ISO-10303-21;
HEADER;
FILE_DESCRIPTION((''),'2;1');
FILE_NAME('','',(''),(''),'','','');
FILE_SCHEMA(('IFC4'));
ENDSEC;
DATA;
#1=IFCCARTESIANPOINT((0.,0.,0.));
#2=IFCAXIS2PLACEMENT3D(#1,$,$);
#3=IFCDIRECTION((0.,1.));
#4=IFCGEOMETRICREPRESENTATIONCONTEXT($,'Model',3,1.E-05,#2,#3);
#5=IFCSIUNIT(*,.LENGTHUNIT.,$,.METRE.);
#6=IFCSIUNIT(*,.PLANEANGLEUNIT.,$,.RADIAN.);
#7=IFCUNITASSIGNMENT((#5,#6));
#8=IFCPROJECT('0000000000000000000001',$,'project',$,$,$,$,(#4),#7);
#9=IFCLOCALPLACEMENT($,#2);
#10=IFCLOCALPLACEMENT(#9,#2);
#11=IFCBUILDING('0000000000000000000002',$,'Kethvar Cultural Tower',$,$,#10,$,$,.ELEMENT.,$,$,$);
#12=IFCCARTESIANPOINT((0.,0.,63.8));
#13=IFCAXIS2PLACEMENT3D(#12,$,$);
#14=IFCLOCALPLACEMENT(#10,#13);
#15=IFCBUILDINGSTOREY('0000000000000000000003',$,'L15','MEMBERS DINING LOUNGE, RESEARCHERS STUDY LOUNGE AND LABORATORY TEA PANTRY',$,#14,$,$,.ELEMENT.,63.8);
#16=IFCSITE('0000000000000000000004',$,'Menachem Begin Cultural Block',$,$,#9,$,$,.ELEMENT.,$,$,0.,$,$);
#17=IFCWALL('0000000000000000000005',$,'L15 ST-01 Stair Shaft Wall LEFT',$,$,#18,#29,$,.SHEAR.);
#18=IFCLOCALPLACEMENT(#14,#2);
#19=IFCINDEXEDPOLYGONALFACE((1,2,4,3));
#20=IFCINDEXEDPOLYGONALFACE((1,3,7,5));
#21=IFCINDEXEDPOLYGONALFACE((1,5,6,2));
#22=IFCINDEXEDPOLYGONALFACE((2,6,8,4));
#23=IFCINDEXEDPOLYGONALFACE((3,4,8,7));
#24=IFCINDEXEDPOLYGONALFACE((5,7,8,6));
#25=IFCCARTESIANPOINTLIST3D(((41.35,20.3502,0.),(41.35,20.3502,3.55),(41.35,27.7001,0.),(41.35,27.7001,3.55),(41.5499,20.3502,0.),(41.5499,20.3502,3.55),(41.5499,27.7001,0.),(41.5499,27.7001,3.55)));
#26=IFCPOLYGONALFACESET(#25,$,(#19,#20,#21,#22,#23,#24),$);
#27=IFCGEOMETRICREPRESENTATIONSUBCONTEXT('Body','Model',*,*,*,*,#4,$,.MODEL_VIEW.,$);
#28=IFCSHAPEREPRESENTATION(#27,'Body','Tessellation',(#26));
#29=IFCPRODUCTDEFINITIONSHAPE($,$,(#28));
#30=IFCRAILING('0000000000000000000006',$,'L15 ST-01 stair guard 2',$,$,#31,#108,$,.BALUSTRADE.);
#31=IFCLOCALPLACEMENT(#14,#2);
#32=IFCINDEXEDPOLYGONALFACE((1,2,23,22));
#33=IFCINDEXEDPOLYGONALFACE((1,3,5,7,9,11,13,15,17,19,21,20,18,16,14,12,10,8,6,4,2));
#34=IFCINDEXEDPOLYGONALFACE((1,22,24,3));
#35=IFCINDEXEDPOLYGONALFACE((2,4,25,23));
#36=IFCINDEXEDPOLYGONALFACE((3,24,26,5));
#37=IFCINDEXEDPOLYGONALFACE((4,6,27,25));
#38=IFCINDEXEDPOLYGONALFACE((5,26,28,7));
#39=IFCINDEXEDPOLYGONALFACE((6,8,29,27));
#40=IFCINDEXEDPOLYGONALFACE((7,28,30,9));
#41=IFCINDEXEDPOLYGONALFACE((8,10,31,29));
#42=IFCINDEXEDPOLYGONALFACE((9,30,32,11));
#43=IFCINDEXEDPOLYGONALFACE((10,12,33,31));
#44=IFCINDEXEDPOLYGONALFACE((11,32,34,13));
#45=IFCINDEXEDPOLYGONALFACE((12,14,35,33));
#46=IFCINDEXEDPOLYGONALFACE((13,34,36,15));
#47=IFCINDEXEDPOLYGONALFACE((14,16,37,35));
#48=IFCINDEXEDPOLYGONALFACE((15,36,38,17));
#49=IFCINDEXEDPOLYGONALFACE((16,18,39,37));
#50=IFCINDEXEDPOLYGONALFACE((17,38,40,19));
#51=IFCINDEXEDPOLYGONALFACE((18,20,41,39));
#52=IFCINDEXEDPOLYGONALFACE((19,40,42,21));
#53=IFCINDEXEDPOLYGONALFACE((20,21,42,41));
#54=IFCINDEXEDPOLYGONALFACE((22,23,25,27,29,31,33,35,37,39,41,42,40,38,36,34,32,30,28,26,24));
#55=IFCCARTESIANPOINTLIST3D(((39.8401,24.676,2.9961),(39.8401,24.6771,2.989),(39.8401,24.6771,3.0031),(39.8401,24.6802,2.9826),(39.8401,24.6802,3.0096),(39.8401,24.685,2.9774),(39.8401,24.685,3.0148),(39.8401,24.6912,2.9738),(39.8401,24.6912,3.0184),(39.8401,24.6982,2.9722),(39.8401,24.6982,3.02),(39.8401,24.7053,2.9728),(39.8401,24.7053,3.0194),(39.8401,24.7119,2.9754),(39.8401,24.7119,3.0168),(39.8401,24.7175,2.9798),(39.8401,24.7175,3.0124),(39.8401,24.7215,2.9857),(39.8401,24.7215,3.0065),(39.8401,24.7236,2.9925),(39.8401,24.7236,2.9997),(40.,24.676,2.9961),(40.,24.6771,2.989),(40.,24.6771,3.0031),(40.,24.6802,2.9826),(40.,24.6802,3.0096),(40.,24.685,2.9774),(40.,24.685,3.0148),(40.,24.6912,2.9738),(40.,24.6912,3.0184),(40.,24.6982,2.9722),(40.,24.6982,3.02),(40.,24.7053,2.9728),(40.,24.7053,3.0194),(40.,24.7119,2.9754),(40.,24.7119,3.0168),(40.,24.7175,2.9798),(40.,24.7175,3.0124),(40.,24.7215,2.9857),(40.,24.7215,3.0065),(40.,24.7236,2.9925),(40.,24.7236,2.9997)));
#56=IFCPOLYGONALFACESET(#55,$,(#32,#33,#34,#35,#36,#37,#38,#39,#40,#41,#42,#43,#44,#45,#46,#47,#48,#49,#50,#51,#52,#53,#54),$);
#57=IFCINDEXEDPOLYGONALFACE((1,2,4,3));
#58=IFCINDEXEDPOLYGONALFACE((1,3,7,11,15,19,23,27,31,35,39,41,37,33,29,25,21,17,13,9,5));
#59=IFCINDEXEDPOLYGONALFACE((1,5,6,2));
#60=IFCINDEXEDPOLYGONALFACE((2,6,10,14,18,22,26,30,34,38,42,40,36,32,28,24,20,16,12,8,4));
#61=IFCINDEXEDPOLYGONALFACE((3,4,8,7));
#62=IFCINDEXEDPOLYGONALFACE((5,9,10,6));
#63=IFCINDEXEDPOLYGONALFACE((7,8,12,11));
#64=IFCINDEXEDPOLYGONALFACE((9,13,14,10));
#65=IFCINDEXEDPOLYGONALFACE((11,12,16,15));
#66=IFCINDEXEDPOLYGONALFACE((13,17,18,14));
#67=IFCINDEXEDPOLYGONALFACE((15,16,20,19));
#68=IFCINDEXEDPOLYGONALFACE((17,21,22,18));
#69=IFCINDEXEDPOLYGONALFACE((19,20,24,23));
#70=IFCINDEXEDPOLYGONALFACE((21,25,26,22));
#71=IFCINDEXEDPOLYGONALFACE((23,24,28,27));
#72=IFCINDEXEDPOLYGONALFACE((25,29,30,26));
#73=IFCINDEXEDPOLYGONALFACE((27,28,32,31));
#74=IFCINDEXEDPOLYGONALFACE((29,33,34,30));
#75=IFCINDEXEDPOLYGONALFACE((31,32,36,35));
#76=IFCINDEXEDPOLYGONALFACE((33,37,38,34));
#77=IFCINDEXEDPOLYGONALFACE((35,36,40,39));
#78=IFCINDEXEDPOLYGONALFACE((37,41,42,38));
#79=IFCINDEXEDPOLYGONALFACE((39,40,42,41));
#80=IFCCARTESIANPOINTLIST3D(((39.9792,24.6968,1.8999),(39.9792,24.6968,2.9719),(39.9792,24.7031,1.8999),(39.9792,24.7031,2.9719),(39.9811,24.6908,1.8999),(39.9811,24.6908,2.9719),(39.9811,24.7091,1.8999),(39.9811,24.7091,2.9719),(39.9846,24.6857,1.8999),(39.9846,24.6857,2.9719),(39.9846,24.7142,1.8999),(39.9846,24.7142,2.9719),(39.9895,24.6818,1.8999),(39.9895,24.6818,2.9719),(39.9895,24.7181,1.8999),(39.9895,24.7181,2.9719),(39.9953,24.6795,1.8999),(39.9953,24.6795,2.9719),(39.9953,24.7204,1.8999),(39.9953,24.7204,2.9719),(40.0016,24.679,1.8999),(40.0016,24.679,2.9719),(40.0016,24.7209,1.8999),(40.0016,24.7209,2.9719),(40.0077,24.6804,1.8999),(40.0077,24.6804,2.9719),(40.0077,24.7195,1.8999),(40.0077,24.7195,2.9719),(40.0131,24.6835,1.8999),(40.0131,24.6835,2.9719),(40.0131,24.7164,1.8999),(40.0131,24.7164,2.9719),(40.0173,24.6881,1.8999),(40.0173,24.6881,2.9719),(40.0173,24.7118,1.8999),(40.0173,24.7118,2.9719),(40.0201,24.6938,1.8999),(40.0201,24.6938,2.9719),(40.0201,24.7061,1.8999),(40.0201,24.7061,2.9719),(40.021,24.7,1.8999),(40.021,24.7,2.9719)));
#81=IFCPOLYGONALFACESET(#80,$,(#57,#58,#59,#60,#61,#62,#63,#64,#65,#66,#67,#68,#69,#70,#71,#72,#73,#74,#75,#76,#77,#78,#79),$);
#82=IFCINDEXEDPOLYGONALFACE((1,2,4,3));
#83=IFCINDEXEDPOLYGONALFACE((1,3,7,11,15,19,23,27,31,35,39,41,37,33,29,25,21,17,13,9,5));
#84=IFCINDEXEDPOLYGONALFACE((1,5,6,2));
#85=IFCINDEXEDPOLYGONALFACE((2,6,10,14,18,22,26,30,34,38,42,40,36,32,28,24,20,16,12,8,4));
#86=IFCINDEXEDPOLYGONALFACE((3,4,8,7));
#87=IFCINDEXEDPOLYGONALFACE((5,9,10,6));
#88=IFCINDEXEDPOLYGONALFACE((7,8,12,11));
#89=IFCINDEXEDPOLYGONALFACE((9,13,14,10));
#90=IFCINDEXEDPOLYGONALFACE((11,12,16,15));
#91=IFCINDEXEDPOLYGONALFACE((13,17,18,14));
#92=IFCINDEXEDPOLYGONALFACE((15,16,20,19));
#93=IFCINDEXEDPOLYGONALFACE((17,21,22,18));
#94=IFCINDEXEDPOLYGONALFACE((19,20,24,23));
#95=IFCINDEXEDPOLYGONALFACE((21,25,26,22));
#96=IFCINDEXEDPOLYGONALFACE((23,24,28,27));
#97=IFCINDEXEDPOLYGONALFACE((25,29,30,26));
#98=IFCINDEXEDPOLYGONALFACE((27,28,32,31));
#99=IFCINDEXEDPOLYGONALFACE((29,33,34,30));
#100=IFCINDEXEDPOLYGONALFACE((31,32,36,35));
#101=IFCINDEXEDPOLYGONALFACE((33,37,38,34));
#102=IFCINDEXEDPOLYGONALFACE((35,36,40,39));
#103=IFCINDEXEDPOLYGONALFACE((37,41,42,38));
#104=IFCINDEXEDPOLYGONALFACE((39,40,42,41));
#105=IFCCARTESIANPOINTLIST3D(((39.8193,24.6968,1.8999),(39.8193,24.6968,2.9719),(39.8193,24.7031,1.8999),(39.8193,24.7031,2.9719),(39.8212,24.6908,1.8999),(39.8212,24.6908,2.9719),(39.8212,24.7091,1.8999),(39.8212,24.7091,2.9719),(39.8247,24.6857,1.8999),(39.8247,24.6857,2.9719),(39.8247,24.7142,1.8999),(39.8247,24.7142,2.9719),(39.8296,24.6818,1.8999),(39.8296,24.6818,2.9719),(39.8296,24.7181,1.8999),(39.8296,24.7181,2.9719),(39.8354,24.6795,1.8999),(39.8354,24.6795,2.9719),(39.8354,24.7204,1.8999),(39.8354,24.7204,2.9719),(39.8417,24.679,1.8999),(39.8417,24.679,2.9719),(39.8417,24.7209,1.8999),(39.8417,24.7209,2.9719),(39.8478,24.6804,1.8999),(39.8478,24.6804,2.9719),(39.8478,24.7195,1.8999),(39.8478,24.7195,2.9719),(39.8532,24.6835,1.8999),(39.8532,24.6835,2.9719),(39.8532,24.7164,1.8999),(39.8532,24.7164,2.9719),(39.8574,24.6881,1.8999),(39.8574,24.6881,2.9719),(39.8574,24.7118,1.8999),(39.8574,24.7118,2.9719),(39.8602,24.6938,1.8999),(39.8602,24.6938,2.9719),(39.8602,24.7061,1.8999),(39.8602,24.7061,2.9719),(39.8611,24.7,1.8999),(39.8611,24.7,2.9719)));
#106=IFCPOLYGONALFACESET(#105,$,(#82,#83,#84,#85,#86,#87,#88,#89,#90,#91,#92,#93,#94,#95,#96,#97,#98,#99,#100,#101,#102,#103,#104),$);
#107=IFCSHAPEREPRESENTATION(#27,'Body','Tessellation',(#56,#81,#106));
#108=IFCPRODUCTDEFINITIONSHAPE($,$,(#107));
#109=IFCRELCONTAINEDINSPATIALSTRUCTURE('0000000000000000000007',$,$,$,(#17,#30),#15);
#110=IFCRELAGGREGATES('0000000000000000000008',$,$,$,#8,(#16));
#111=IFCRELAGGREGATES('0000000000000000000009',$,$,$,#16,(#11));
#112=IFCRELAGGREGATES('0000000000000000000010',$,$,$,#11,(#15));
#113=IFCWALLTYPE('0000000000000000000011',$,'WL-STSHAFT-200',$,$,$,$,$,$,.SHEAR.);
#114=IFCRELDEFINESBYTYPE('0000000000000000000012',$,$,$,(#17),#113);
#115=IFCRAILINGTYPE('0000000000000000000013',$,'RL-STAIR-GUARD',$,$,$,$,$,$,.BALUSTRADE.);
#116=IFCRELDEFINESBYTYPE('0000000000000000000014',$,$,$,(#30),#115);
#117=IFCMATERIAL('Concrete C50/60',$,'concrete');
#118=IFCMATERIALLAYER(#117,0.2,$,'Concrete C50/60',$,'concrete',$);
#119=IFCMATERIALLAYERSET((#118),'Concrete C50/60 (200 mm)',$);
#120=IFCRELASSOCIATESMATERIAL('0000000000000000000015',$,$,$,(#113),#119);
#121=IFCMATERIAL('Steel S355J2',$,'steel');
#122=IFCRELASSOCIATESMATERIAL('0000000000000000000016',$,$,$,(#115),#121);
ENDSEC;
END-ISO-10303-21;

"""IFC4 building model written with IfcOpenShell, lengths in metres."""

from ifc_helpers import new_model, si_unit, direction, frame, frame_2d, origin, origin_2d, place, context, subcontext, project, spatial, rectangle, circle, extrude, material, layer, layer_set, type_object, element, save


model = new_model("IFC4")

# Units and contexts
model_context = context("Model", 3, precision=1e-05, world=origin(), true_north=direction((0.0, 1.0)))
body_context = subcontext(model_context, "Body", "Model", "MODEL_VIEW")
ifc_project = project(units=[si_unit("LENGTHUNIT", "METRE"), si_unit("PLANEANGLEUNIT", "RADIAN")], contexts=[model_context])

# Site, building, storey
site_placement = place(None, origin())
site = spatial("IfcSite", under=ifc_project, at=site_placement, Name="Menachem Begin Cultural Block", CompositionType="ELEMENT", RefElevation=0.0)
building_placement = place(site_placement, origin())
building = spatial("IfcBuilding", under=site, at=building_placement, Name="Kethvar Cultural Tower", CompositionType="ELEMENT")
storey_placement = place(building_placement, frame((0.0, 0.0, 63.8)))
storey = spatial("IfcBuildingStorey", under=building, at=storey_placement, Name="L15", Description="MEMBERS DINING LOUNGE, RESEARCHERS STUDY LOUNGE AND LABORATORY TEA PANTRY", CompositionType="ELEMENT", Elevation=63.8)

# Shared definitions
ifc_material_1 = material(Name="Steel S355J2", Category="steel")

# Wall
ifc_material_2 = material(Name="Concrete C50/60", Category="concrete")
ifc_layer_1 = layer(ifc_material_2, 0.2, Name="Concrete C50/60", Category="concrete")
ifc_layer_set_1 = layer_set([ifc_layer_1], Name="Concrete C50/60 (200 mm)")
wall_type_1 = type_object("IfcWallType", Name="WL-STSHAFT-200", PredefinedType="SHEAR", material=ifc_layer_set_1)
wall_1_placement = place(storey_placement, frame((41.45, 27.7, 0.0), z_axis=(0.0, 0.0, 1.0), x_axis=(0.0, -1.0, 0.0)))
element("IfcWall", 1, at=wall_1_placement, inside=storey, type_object=wall_type_1, Name="L15 ST-01 Stair Shaft Wall LEFT", PredefinedType="SHEAR", context=body_context, shape_type="SweptSolid", body=[
    extrude(rectangle(XDim=7.3499, YDim=0.2, at=frame_2d((3.6748, 0.0))), origin(), (0.0, 0.0, 1.0), 3.55),
])

# Railing
railing_type = type_object("IfcRailingType", Name="RL-STAIR-GUARD", PredefinedType="BALUSTRADE", material=ifc_material_1)
railing_placement = place(storey_placement, frame((40.0, 24.7, 1.8999)))
element("IfcRailing", 2, at=railing_placement, inside=storey, type_object=railing_type, Name="L15 ST-01 stair guard 2", PredefinedType="BALUSTRADE", context=body_context, shape_type="SweptSolid", body=[
    extrude(circle(Radius=0.0239, at=origin_2d()), frame((0.0, 0.0, 1.0962), z_axis=(-1.0, 0.0, 0.0), x_axis=(0.0, -1.0, 0.0)), (0.0, 0.0, 1.0), 0.1599),
    extrude(circle(Radius=0.021, at=origin_2d()), origin(), (0.0, 0.0, 1.0), 1.072),
    extrude(circle(Radius=0.021, at=origin_2d()), frame((-0.1599, 0.0, 0.0)), (0.0, 0.0, 1.0), 1.072),
])

save(model, "model.ifc")
